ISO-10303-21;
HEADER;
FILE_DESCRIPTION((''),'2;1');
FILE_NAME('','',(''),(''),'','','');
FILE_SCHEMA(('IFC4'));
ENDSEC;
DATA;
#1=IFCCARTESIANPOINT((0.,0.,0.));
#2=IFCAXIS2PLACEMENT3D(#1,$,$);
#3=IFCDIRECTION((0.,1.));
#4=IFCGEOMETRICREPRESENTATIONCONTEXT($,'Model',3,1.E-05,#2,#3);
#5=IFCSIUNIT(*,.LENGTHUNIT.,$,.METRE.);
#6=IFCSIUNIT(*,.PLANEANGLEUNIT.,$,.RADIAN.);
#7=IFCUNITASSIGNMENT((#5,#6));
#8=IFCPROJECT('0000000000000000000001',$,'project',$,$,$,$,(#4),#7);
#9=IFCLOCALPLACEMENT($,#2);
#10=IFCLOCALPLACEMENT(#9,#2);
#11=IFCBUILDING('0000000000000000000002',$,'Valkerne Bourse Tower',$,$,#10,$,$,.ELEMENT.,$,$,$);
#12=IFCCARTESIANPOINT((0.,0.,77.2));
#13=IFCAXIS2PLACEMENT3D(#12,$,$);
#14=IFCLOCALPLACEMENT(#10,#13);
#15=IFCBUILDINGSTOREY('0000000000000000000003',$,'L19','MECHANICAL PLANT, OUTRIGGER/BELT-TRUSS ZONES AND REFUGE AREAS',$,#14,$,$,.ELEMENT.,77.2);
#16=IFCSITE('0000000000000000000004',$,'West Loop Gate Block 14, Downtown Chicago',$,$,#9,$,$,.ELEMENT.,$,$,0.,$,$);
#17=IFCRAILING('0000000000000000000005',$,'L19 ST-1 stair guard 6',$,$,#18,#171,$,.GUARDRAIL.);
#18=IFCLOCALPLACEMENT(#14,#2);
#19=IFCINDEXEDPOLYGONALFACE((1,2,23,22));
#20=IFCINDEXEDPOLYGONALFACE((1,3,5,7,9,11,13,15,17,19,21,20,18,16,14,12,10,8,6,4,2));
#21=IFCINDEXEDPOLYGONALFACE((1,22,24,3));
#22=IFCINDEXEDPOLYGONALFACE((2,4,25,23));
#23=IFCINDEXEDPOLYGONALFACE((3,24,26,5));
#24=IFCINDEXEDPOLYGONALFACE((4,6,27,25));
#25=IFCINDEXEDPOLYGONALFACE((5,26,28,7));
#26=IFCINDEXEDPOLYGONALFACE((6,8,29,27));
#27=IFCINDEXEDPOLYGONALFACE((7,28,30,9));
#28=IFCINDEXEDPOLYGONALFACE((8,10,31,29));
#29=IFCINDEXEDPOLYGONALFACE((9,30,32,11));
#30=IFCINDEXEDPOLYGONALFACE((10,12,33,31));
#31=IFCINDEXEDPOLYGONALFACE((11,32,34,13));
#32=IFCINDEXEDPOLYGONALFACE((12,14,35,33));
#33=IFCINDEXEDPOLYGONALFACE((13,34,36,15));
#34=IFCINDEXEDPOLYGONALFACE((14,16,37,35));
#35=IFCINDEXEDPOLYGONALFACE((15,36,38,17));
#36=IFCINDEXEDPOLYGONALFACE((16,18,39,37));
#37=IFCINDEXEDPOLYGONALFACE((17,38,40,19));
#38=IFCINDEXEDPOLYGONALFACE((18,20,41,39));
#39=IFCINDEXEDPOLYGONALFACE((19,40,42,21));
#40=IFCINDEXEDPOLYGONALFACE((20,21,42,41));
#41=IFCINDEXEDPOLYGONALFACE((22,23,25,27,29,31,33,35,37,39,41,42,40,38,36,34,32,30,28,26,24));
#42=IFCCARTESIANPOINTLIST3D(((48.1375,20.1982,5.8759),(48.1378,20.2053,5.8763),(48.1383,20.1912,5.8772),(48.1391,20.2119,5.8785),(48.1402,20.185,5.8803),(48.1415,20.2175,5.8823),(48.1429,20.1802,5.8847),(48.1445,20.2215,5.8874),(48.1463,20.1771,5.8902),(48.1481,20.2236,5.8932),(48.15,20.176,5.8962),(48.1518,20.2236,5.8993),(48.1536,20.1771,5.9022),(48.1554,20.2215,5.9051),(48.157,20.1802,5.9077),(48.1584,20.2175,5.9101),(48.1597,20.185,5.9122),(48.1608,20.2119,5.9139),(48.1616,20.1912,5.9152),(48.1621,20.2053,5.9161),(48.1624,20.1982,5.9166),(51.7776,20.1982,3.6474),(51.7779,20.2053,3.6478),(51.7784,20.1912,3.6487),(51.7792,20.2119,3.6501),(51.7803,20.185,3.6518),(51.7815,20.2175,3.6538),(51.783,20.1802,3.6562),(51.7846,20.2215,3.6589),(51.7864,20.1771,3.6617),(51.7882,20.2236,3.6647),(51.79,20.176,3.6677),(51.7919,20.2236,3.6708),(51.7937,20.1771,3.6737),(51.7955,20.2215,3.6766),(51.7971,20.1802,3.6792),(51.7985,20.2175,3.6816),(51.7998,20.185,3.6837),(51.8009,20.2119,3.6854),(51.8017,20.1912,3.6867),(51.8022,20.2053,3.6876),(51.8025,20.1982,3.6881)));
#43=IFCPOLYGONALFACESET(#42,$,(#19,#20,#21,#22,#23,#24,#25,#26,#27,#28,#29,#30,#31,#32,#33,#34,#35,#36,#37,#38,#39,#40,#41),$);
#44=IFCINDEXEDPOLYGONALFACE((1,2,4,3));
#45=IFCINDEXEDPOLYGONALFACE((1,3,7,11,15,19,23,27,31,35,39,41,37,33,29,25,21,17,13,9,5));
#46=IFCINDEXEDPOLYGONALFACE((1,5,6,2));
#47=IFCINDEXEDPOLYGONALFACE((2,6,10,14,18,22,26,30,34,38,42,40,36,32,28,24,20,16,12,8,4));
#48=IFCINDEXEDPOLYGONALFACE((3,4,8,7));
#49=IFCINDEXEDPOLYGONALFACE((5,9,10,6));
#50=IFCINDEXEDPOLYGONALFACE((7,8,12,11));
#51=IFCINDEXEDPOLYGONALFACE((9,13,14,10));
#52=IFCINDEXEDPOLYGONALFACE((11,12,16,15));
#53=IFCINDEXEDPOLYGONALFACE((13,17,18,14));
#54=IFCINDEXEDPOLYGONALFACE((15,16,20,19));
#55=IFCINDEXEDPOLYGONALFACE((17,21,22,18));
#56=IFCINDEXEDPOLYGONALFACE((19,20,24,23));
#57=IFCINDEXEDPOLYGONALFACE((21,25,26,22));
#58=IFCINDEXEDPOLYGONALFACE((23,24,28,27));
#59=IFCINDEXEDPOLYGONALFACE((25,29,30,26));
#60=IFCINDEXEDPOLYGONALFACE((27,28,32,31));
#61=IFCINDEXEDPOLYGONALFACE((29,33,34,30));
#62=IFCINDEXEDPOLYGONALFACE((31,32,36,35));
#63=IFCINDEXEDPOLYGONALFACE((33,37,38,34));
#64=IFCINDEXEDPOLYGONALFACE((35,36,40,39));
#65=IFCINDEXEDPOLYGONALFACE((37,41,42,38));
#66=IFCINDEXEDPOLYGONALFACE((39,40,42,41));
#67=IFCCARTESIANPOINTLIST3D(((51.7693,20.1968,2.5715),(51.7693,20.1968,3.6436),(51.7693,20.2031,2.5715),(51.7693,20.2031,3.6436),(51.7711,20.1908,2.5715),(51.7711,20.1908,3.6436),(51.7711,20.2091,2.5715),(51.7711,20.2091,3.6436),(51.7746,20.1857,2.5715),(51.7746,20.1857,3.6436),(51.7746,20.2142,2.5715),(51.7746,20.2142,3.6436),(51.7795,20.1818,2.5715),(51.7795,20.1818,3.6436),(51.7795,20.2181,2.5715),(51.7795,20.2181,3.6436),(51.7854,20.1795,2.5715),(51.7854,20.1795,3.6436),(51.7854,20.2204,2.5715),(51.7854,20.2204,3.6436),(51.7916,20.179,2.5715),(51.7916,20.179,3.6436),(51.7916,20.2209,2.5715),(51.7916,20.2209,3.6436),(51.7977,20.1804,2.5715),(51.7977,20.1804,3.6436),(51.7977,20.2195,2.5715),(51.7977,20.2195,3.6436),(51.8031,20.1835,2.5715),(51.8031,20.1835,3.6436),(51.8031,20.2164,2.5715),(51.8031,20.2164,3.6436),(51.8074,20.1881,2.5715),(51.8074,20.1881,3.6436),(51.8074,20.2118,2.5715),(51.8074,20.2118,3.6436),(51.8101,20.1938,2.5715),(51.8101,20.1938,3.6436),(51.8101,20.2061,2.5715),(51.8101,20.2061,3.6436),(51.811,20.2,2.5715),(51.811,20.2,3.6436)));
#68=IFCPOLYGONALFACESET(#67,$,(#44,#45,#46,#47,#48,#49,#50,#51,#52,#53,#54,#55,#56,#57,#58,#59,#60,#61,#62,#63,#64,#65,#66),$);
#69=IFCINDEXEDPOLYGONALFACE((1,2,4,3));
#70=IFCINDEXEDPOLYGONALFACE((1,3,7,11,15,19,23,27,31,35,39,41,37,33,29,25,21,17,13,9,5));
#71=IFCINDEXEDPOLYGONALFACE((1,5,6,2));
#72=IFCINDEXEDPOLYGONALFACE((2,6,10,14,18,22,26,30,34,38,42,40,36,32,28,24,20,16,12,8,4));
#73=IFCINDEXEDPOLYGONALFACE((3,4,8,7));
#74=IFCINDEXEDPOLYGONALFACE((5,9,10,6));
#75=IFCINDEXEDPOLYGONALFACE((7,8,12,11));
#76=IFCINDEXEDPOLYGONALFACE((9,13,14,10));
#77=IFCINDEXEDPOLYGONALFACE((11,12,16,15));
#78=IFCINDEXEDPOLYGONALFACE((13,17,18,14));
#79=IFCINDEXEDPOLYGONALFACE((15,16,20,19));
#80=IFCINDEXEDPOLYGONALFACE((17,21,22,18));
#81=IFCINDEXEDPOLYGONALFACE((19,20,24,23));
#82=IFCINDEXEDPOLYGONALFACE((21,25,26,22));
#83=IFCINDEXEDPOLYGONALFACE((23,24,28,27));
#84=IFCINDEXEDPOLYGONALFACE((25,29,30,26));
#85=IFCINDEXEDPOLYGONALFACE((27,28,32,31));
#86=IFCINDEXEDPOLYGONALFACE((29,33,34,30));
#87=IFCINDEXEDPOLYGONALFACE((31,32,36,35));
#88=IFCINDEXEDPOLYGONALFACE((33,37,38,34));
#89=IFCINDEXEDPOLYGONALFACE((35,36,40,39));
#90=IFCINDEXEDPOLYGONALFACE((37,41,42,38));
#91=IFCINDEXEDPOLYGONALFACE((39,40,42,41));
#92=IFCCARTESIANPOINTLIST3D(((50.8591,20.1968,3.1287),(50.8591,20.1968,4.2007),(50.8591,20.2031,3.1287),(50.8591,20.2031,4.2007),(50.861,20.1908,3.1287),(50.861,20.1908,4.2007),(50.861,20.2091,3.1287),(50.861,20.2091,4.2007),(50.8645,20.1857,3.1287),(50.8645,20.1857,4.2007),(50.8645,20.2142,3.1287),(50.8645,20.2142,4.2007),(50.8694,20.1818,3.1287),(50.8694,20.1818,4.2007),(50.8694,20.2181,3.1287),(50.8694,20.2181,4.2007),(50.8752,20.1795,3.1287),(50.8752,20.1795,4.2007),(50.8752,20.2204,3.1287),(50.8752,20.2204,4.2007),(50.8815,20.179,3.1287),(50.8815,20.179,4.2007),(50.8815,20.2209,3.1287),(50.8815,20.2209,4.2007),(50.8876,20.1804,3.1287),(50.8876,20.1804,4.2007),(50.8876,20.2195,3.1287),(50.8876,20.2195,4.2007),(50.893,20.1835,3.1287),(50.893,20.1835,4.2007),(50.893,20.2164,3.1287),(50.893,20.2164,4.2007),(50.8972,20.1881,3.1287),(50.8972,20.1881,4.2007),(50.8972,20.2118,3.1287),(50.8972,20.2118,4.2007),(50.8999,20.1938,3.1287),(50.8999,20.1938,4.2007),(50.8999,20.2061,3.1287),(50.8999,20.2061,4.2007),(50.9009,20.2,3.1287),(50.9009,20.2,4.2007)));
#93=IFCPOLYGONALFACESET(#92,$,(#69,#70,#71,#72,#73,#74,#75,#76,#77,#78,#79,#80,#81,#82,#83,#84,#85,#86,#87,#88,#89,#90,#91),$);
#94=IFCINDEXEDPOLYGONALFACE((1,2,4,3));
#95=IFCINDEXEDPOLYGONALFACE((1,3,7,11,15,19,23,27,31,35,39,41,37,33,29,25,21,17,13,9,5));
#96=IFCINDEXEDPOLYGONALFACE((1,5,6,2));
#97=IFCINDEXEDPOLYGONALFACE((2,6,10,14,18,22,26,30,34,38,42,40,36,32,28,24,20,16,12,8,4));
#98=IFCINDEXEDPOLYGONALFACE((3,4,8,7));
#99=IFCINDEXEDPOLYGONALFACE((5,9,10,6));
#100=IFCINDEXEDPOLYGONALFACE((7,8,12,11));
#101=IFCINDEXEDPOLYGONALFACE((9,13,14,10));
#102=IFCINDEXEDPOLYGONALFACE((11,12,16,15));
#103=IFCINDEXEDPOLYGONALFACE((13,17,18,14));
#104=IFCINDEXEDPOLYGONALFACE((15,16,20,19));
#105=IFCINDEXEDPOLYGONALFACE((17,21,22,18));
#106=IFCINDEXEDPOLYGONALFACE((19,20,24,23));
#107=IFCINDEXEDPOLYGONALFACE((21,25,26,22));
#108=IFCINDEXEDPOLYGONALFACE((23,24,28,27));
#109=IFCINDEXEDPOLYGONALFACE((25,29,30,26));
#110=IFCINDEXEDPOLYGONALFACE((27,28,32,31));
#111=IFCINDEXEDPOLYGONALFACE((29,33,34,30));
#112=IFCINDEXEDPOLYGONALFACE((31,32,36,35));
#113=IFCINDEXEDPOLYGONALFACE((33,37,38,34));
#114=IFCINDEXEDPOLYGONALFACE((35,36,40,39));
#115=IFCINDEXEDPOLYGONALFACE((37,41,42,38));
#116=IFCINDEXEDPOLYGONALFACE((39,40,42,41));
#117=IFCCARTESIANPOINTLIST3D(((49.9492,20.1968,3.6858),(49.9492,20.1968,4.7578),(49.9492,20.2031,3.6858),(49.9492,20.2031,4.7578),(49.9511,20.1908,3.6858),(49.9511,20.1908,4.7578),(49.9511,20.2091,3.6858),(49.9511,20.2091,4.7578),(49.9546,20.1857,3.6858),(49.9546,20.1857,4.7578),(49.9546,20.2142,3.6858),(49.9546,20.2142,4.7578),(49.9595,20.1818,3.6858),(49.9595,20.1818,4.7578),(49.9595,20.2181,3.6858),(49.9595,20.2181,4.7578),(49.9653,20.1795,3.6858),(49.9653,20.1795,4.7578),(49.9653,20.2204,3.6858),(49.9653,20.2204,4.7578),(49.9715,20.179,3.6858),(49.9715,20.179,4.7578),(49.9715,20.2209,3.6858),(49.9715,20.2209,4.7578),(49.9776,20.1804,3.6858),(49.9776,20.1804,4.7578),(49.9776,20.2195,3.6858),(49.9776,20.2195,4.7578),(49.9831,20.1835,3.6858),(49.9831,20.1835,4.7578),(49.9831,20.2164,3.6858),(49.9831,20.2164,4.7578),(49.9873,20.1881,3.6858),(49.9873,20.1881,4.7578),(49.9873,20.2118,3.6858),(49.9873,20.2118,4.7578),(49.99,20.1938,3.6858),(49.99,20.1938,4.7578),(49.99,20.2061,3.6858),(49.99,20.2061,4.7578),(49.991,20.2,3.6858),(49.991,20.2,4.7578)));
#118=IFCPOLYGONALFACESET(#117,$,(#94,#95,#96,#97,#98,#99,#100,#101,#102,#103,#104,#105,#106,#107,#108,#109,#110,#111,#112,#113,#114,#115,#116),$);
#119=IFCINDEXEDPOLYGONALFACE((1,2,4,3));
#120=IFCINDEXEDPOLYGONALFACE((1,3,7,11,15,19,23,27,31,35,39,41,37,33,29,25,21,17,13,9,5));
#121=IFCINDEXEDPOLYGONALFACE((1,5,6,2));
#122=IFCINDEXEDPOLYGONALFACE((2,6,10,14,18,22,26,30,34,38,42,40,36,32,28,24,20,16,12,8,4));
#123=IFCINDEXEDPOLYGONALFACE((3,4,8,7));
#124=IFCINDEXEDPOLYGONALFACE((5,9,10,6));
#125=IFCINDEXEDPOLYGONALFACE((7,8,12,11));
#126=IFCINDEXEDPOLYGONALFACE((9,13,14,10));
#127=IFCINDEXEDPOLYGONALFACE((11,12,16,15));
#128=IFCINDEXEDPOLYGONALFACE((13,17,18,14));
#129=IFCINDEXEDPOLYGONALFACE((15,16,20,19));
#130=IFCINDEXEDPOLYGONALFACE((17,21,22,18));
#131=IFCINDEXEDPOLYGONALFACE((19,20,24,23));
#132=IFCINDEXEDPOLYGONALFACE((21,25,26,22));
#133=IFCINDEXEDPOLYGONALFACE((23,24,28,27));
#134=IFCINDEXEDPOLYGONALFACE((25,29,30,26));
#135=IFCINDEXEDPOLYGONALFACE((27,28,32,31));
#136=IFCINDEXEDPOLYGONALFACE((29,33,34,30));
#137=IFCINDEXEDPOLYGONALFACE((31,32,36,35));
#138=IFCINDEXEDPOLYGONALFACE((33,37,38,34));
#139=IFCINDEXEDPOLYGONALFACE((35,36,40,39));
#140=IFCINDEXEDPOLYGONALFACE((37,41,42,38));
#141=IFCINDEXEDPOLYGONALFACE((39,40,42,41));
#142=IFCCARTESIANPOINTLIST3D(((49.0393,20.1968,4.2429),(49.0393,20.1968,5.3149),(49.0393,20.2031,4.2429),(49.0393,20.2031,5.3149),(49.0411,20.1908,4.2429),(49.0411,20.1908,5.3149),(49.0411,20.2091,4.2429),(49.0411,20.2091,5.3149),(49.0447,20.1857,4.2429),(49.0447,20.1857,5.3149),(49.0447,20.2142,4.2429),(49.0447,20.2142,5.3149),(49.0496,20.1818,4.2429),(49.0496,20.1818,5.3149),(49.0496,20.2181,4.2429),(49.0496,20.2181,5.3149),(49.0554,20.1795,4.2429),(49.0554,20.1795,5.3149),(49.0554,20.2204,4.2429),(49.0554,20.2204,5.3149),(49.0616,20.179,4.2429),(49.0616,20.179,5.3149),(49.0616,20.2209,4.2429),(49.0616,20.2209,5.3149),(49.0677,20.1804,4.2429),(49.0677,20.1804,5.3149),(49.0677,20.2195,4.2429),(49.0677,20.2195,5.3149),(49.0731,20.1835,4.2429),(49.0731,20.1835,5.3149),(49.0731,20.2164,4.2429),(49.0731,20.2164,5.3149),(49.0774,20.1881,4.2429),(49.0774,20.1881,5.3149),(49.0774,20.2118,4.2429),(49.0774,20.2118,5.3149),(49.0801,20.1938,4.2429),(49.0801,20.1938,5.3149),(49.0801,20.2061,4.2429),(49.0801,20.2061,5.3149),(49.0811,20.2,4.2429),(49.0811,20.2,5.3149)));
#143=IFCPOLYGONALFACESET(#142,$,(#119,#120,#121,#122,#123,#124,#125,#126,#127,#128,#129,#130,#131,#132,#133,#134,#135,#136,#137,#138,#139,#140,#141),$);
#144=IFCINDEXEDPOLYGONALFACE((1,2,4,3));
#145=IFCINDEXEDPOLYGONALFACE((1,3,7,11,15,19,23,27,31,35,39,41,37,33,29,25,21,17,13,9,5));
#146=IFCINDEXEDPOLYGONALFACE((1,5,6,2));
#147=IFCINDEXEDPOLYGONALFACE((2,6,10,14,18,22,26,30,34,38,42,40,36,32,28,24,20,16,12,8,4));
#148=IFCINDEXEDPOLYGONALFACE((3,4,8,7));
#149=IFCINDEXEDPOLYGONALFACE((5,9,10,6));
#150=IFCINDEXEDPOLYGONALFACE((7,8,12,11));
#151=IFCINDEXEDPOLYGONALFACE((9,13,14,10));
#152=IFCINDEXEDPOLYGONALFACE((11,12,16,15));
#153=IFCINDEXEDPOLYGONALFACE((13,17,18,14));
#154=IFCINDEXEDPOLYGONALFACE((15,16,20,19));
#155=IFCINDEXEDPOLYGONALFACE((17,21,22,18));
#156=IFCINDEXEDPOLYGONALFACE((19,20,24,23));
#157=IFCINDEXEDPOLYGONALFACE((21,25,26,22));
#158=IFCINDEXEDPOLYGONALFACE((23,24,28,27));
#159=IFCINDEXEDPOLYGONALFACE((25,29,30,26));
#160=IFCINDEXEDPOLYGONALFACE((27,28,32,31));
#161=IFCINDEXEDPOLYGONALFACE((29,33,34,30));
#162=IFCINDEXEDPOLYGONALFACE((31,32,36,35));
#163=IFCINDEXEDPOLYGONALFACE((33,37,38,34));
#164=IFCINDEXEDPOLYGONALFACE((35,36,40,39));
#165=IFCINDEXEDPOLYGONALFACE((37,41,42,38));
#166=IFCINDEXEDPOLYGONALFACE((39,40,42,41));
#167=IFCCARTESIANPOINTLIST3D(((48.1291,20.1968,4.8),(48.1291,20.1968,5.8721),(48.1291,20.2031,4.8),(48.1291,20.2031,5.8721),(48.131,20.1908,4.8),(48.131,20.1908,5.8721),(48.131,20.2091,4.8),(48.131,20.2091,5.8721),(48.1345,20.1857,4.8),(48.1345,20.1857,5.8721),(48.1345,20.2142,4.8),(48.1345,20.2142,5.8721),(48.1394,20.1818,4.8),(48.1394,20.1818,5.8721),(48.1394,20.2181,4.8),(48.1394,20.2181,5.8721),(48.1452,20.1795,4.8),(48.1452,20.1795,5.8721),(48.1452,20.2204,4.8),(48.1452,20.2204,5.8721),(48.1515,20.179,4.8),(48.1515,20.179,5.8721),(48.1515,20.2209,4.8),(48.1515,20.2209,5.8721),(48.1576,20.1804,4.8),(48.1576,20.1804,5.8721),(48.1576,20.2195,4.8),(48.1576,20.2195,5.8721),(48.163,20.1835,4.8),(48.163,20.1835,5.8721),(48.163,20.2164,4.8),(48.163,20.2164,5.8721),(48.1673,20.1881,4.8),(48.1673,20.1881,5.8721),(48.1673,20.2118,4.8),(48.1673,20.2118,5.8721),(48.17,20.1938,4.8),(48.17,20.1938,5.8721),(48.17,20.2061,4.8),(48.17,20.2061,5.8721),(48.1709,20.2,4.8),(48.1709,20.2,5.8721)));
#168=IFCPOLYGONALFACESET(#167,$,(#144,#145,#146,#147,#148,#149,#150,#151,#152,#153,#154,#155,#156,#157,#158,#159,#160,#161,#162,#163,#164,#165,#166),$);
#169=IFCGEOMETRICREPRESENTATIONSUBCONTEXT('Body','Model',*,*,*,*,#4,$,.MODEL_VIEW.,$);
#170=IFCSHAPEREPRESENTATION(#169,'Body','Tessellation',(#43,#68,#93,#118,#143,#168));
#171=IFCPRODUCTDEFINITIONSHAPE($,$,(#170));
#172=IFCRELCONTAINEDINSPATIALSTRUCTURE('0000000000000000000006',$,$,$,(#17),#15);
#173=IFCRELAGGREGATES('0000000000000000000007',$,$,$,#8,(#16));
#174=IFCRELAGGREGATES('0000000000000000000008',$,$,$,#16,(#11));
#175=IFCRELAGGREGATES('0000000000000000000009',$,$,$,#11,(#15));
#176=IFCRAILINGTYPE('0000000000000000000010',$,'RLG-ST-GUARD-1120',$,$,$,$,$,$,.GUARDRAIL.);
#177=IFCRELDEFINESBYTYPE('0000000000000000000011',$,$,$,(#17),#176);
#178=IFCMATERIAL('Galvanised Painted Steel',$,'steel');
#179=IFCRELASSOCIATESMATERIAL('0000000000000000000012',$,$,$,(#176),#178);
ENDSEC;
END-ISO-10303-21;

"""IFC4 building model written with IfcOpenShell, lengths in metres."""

from ifc_helpers import new_model, si_unit, direction, frame, origin, origin_2d, place, context, subcontext, project, spatial, circle, extrude, material, type_object, element, save


model = new_model("IFC4")

# Units and contexts
model_context = context("Model", 3, precision=1e-05, world=origin(), true_north=direction((0.0, 1.0)))
body_context = subcontext(model_context, "Body", "Model", "MODEL_VIEW")
ifc_project = project(units=[si_unit("LENGTHUNIT", "METRE"), si_unit("PLANEANGLEUNIT", "RADIAN")], contexts=[model_context])

# Site, building, storey
site_placement = place(None, origin())
site = spatial("IfcSite", under=ifc_project, at=site_placement, Name="West Loop Gate Block 14, Downtown Chicago", CompositionType="ELEMENT", RefElevation=0.0)
building_placement = place(site_placement, origin())
building = spatial("IfcBuilding", under=site, at=building_placement, Name="Valkerne Bourse Tower", CompositionType="ELEMENT")
storey_placement = place(building_placement, frame((0.0, 0.0, 77.2)))
storey = spatial("IfcBuildingStorey", under=building, at=storey_placement, Name="L19", Description="MECHANICAL PLANT, OUTRIGGER/BELT-TRUSS ZONES AND REFUGE AREAS", CompositionType="ELEMENT", Elevation=77.2)

# Shared definitions
ifc_material_1 = material(Name="Galvanised Painted Steel", Category="steel")

# Railing
railing_type_1 = type_object("IfcRailingType", Name="RLG-ST-GUARD-1120", PredefinedType="GUARDRAIL", material=ifc_material_1)
railing_1_placement = place(storey_placement, frame((51.79, 20.2, 2.5715)))
element("IfcRailing", 1, at=railing_1_placement, inside=storey, type_object=railing_type_1, Name="L19 ST-1 stair guard 6", PredefinedType="GUARDRAIL", context=body_context, shape_type="SweptSolid", body=[
    extrude(circle(Radius=0.0239, at=origin_2d()), frame((0.0, 0.0, 1.0962), z_axis=(-0.852866, 0.0, 0.52213), x_axis=(0.0, -1.0, 0.0)), (0.0, 0.0, 1.0), 4.2681),
    extrude(circle(Radius=0.021, at=origin_2d()), origin(), (0.0, 0.0, 1.0), 1.072),
    extrude(circle(Radius=0.021, at=origin_2d()), frame((-0.9102, 0.0, 0.5571)), (0.0, 0.0, 1.0), 1.072),
    extrude(circle(Radius=0.021, at=origin_2d()), frame((-1.8201, 0.0, 1.1143)), (0.0, 0.0, 1.0), 1.072),
    extrude(circle(Radius=0.021, at=origin_2d()), frame((-2.73, 0.0, 1.6714)), (0.0, 0.0, 1.0), 1.072),
    extrude(circle(Radius=0.021, at=origin_2d()), frame((-3.6401, 0.0, 2.2285)), (0.0, 0.0, 1.0), 1.072),
])

save(model, "model.ifc")
